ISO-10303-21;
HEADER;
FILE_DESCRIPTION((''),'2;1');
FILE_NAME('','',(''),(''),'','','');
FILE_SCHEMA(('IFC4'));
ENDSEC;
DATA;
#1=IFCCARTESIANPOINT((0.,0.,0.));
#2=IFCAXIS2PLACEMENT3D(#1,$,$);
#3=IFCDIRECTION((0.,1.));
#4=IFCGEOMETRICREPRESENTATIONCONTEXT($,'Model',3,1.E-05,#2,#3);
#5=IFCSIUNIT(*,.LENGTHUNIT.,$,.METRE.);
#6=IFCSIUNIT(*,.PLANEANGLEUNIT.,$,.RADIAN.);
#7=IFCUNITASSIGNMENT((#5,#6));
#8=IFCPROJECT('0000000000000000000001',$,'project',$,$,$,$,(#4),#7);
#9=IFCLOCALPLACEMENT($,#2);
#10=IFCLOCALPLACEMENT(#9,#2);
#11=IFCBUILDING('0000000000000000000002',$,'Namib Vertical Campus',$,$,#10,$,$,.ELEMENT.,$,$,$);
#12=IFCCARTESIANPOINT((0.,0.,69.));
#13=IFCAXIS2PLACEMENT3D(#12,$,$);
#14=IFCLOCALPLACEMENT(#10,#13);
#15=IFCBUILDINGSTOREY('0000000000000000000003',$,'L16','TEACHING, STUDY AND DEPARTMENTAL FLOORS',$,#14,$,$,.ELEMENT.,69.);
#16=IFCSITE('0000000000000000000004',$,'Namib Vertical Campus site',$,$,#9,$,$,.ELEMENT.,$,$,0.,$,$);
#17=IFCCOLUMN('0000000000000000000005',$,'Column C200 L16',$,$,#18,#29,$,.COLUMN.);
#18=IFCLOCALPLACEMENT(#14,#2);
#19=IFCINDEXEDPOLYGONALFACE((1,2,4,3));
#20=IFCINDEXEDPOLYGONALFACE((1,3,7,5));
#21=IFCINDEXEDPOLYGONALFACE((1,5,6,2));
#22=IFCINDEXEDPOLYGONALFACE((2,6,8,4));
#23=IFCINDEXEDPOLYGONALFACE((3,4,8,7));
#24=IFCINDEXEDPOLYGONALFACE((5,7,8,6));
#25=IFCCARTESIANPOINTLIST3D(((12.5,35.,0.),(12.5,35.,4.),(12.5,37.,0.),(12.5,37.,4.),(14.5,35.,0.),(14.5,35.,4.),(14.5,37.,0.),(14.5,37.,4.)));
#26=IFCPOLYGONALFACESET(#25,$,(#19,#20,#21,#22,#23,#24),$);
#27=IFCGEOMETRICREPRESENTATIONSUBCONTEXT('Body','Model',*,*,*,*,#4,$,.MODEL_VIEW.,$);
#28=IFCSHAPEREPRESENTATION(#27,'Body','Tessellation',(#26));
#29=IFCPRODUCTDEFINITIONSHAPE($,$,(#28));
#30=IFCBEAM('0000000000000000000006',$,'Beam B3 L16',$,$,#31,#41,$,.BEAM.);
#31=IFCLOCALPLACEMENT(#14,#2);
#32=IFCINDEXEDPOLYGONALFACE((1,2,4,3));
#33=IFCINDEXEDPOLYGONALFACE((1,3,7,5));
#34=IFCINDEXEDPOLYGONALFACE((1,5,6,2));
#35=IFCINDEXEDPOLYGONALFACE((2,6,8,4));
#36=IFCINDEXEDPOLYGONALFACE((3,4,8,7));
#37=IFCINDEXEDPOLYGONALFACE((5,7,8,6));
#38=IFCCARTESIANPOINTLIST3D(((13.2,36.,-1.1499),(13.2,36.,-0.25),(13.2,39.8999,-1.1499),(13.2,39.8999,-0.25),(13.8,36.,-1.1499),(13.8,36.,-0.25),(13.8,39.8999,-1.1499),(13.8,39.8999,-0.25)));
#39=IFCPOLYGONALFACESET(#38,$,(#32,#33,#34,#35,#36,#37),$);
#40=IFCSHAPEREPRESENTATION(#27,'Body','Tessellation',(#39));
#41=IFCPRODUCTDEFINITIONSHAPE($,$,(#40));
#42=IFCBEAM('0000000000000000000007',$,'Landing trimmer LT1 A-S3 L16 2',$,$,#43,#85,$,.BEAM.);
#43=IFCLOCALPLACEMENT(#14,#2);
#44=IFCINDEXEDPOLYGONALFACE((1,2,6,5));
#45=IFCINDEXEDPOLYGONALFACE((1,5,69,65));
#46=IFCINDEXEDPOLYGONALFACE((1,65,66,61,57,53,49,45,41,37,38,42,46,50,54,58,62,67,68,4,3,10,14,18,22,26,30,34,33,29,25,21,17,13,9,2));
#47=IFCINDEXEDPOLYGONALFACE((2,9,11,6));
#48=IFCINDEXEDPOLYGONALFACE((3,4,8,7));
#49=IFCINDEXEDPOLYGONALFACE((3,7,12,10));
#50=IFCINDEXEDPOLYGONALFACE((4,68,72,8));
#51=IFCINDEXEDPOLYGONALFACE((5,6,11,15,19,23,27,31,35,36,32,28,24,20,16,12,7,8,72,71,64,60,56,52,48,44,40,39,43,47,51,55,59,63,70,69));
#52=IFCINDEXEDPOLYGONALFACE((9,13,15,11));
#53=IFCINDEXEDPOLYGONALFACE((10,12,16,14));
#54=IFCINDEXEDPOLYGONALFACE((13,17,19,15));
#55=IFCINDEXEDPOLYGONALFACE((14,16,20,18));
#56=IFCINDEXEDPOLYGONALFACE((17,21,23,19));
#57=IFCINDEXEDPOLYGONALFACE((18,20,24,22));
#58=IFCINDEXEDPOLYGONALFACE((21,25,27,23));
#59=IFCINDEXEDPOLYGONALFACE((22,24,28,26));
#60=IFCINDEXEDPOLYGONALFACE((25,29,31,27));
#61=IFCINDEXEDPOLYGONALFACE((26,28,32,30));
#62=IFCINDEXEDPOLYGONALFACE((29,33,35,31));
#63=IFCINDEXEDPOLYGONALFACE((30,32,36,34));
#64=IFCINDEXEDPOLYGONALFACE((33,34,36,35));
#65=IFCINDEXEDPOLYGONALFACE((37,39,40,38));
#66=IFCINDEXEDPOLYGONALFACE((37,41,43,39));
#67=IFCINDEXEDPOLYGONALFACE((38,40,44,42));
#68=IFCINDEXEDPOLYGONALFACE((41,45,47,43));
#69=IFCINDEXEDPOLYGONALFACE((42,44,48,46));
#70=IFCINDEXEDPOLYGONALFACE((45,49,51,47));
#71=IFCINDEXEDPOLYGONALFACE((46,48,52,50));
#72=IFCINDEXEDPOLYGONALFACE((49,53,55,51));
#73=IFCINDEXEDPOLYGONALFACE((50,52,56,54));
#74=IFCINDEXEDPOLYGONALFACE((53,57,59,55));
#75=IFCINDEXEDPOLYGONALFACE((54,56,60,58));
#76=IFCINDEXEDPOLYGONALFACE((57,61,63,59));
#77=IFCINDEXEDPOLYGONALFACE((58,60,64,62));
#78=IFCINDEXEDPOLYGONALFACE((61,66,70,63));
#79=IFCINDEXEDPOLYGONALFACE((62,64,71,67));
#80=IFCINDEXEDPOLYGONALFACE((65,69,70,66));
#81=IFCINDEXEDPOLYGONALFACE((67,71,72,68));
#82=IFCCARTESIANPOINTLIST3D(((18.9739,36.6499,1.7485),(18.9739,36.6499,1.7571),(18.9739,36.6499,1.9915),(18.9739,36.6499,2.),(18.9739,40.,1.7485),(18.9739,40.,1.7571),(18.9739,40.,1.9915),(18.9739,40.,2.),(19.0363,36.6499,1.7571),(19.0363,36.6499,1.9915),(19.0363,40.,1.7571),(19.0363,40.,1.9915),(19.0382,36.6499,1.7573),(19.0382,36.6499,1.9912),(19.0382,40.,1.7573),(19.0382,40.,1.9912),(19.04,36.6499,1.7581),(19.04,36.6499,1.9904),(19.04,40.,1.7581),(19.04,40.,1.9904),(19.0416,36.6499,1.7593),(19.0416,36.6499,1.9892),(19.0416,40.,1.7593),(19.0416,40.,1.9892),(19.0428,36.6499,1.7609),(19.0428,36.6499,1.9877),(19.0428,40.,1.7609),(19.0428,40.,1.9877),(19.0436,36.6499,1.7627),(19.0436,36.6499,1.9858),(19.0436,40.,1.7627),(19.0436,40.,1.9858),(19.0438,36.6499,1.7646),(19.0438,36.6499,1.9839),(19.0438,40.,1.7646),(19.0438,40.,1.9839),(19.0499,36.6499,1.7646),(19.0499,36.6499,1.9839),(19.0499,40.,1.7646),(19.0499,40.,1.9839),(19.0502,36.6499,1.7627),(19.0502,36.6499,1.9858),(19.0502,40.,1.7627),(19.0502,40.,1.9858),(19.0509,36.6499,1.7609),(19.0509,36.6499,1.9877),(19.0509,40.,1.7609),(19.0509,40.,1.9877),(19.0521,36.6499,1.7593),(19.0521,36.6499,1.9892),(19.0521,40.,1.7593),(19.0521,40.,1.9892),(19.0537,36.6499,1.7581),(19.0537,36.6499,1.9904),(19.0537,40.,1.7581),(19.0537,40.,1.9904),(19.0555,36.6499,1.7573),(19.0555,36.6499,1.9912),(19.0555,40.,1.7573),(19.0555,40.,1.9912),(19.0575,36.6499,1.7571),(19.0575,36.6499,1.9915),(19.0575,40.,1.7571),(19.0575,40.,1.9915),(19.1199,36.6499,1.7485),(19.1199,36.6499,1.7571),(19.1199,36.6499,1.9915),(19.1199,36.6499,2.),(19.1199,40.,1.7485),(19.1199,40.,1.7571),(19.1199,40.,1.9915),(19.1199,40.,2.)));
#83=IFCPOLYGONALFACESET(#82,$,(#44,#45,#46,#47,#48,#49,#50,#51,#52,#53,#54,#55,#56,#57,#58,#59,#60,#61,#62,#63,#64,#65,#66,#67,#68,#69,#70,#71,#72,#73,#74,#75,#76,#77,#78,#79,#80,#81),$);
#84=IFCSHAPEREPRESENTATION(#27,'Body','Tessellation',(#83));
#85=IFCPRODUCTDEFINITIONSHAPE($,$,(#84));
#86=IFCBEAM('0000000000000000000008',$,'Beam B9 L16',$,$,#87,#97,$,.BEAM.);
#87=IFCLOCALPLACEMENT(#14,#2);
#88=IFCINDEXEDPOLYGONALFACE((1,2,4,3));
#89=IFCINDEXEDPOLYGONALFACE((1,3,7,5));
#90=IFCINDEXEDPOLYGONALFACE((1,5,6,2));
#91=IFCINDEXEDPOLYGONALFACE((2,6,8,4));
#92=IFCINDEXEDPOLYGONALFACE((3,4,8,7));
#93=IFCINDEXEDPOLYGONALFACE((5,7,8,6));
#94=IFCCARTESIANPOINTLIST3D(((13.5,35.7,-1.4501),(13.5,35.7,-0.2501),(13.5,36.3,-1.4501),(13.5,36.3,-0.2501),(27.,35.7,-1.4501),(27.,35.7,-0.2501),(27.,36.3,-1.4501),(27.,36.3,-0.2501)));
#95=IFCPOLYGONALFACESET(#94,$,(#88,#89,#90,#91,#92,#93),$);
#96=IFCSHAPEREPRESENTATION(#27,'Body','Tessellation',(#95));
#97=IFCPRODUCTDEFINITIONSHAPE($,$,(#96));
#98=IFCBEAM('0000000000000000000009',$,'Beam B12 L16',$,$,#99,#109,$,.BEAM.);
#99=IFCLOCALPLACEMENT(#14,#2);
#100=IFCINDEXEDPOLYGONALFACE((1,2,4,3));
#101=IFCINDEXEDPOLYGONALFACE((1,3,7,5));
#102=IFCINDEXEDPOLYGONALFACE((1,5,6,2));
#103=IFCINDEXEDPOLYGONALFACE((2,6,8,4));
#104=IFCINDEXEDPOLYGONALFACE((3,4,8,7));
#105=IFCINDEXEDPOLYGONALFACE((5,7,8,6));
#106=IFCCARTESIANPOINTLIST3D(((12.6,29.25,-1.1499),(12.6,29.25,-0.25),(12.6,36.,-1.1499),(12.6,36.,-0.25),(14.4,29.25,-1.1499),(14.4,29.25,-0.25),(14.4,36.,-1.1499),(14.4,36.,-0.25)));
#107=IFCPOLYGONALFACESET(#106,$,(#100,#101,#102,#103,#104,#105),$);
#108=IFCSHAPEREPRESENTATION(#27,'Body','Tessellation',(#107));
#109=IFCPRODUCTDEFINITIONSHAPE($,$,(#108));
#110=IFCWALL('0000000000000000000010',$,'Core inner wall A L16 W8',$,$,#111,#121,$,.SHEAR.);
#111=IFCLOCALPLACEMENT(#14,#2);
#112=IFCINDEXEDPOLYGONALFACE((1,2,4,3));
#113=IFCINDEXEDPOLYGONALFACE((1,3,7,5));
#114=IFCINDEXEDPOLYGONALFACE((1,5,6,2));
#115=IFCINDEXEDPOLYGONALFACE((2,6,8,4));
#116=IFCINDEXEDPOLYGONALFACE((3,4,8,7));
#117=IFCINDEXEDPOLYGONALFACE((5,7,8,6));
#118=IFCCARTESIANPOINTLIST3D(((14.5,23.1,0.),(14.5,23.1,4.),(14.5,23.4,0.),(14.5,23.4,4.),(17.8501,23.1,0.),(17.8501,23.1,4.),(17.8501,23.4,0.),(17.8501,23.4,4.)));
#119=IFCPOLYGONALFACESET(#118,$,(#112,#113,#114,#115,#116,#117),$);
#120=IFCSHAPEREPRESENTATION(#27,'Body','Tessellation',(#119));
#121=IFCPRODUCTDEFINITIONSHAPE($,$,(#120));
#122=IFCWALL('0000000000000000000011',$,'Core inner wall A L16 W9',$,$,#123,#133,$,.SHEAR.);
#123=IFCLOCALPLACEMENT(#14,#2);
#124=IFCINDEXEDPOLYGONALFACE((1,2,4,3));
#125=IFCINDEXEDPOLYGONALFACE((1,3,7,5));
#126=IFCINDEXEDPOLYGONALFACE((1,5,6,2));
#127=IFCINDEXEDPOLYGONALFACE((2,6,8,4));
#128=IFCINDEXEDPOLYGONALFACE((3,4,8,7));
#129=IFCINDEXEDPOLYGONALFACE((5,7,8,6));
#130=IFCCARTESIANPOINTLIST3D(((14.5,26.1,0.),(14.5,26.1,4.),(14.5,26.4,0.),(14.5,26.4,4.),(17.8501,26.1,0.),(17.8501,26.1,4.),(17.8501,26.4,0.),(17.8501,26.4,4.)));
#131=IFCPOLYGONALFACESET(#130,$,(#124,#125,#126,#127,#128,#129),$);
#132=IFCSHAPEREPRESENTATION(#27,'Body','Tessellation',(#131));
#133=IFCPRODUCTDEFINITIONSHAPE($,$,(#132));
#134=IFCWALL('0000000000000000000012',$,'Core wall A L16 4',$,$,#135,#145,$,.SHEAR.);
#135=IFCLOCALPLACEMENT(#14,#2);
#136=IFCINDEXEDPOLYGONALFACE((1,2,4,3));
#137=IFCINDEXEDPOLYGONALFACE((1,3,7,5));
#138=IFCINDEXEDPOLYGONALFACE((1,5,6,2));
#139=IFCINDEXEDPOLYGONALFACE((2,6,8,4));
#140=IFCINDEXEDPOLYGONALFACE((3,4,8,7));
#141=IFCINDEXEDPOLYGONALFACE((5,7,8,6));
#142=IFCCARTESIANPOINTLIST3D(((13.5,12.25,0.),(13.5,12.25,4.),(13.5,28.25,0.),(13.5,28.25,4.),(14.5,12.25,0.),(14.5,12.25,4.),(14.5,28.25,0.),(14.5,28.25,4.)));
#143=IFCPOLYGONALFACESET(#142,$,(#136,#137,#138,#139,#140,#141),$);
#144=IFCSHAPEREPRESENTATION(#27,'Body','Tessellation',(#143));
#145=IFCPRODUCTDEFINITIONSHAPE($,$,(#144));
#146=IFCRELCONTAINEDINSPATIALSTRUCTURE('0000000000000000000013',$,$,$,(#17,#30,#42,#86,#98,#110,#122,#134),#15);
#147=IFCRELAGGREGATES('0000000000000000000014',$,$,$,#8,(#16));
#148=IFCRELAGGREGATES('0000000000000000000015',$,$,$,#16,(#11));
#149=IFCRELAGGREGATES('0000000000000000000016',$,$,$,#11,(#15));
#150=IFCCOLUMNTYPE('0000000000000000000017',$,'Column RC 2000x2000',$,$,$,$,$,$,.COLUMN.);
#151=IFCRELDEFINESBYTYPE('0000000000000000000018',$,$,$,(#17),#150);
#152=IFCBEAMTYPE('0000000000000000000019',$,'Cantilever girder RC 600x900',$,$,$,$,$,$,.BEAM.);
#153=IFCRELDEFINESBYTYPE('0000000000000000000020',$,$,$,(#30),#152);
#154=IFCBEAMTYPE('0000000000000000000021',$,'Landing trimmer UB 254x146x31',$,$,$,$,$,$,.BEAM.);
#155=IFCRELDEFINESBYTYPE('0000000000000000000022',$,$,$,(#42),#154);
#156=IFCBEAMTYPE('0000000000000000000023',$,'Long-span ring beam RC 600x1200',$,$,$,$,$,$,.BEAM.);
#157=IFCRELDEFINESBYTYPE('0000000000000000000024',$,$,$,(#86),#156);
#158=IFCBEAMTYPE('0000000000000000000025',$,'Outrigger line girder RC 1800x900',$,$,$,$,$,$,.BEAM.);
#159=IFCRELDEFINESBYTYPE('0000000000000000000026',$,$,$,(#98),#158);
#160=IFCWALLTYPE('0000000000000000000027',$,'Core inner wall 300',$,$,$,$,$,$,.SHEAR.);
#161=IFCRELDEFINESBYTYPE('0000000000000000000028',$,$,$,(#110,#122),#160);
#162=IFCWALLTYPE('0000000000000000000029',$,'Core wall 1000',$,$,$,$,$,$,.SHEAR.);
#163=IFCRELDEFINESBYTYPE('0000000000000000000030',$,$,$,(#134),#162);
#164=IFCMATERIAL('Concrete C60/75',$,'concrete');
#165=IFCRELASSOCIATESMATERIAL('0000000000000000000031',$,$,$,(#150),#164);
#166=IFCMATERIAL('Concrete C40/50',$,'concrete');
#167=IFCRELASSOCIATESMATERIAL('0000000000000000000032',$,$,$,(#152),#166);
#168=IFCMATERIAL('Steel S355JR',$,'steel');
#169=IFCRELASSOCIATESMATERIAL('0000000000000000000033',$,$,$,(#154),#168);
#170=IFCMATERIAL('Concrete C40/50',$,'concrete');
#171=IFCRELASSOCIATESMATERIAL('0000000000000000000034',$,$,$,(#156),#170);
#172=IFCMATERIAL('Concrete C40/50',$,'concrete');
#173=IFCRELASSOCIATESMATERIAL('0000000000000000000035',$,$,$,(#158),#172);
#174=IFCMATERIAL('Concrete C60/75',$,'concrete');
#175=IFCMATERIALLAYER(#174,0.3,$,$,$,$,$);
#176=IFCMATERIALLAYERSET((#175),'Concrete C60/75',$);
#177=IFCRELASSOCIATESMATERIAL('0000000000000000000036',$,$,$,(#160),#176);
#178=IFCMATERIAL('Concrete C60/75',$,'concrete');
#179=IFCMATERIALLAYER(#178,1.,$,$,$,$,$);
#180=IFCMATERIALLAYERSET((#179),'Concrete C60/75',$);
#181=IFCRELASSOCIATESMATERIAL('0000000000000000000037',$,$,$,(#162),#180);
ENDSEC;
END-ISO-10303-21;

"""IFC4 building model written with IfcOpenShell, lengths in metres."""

from ifc_helpers import new_model, si_unit, direction, frame, frame_2d, origin, origin_2d, place, context, subcontext, project, spatial, rectangle, i_section, extrude, material, layer, layer_set, material_profile, profile_set, type_object, element, save


model = new_model("IFC4")

# Units and contexts
model_context = context("Model", 3, precision=1e-05, world=origin(), true_north=direction((0.0, 1.0)))
body_context = subcontext(model_context, "Body", "Model", "MODEL_VIEW")
ifc_project = project(units=[si_unit("LENGTHUNIT", "METRE"), si_unit("PLANEANGLEUNIT", "RADIAN")], contexts=[model_context])

# Site, building, storey
site_placement = place(None, origin())
site = spatial("IfcSite", under=ifc_project, at=site_placement, Name="Namib Vertical Campus site", CompositionType="ELEMENT", RefElevation=0.0)
building_placement = place(site_placement, origin())
building = spatial("IfcBuilding", under=site, at=building_placement, Name="Namib Vertical Campus", CompositionType="ELEMENT")
storey_placement = place(building_placement, frame((0.0, 0.0, 69.0)))
storey = spatial("IfcBuildingStorey", under=building, at=storey_placement, Name="L16", Description="TEACHING, STUDY AND DEPARTMENTAL FLOORS", CompositionType="ELEMENT", Elevation=69.0)

# Column
ifc_material_1 = material(Name="Concrete C60/75", Category="concrete")
ifc_material_profile_1 = material_profile(ifc_material_1, rectangle(XDim=2.0, YDim=2.0, at=origin_2d()))
ifc_profile_set_1 = profile_set([ifc_material_profile_1], Name="Concrete C60/75")
column_type = type_object("IfcColumnType", Name="Column RC 2000x2000", PredefinedType="COLUMN", material=ifc_profile_set_1)
column_placement = place(storey_placement, frame((13.5, 36.0, 0.0), z_axis=(0.0, 0.0, 1.0), x_axis=(1.0, 0.0, 0.0)))
element("IfcColumn", 1, at=column_placement, inside=storey, type_object=column_type, Name="Column C200 L16", PredefinedType="COLUMN", context=body_context, shape_type="SweptSolid", body=[
    extrude(rectangle(XDim=2.0, YDim=2.0, at=origin_2d()), origin(), (0.0, 0.0, 1.0), 4.0),
])

# Beams
ifc_material_2 = material(Name="Concrete C40/50", Category="concrete")
ifc_material_profile_2 = material_profile(ifc_material_2, rectangle(XDim=0.6001, YDim=0.8999, at=origin_2d()))
ifc_profile_set_2 = profile_set([ifc_material_profile_2], Name="Concrete C40/50")
beam_type_1 = type_object("IfcBeamType", Name="Cantilever girder RC 600x900", PredefinedType="BEAM", material=ifc_profile_set_2)
beam_1_placement = place(storey_placement, frame((13.5, 36.0, -0.7), z_axis=(0.0, 1.0, 0.0), x_axis=(-1.0, 0.0, 0.0)))
element("IfcBeam", 2, at=beam_1_placement, inside=storey, type_object=beam_type_1, Name="Beam B3 L16", PredefinedType="BEAM", context=body_context, shape_type="SweptSolid", body=[
    extrude(rectangle(XDim=0.6001, YDim=0.8999, at=origin_2d()), origin(), (0.0, 0.0, 1.0), 3.8999),
])
ifc_material_3 = material(Name="Steel S355JR", Category="steel")
ifc_material_profile_3 = material_profile(ifc_material_3, i_section(OverallWidth=0.146, OverallDepth=0.2515, WebThickness=0.0061, FlangeThickness=0.0085, FilletRadius=0.0076, at=origin_2d()))
ifc_profile_set_3 = profile_set([ifc_material_profile_3], Name="Steel S355JR")
beam_type_2 = type_object("IfcBeamType", Name="Landing trimmer UB 254x146x31", PredefinedType="BEAM", material=ifc_profile_set_3)
beam_2_placement = place(storey_placement, frame((19.0469, 36.6499, 1.8743), z_axis=(0.0, 1.0, 0.0), x_axis=(-1.0, 0.0, 0.0)))
element("IfcBeam", 3, at=beam_2_placement, inside=storey, type_object=beam_type_2, Name="Landing trimmer LT1 A-S3 L16 2", PredefinedType="BEAM", context=body_context, shape_type="SweptSolid", body=[
    extrude(i_section(OverallWidth=0.146, OverallDepth=0.2515, WebThickness=0.0061, FlangeThickness=0.0085, FilletRadius=0.0076, at=origin_2d()), origin(), (0.0, 0.0, 1.0), 3.3501),
])
ifc_material_4 = material(Name="Concrete C40/50", Category="concrete")
ifc_material_profile_4 = material_profile(ifc_material_4, rectangle(XDim=0.6001, YDim=1.2, at=origin_2d()))
ifc_profile_set_4 = profile_set([ifc_material_profile_4], Name="Concrete C40/50")
beam_type_3 = type_object("IfcBeamType", Name="Long-span ring beam RC 600x1200", PredefinedType="BEAM", material=ifc_profile_set_4)
beam_3_placement = place(storey_placement, frame((13.5, 36.0, -0.8501), z_axis=(1.0, 0.0, 0.0), x_axis=(0.0, 1.0, 0.0)))
element("IfcBeam", 4, at=beam_3_placement, inside=storey, type_object=beam_type_3, Name="Beam B9 L16", PredefinedType="BEAM", context=body_context, shape_type="SweptSolid", body=[
    extrude(rectangle(XDim=0.6001, YDim=1.2, at=origin_2d()), origin(), (0.0, 0.0, 1.0), 13.5),
])
ifc_material_5 = material(Name="Concrete C40/50", Category="concrete")
ifc_material_profile_5 = material_profile(ifc_material_5, rectangle(XDim=1.8, YDim=0.8999, at=origin_2d()))
ifc_profile_set_5 = profile_set([ifc_material_profile_5], Name="Concrete C40/50")
beam_type_4 = type_object("IfcBeamType", Name="Outrigger line girder RC 1800x900", PredefinedType="BEAM", material=ifc_profile_set_5)
beam_4_placement = place(storey_placement, frame((13.5, 36.0, -0.7), z_axis=(0.0, -1.0, 0.0), x_axis=(1.0, 0.0, 0.0)))
element("IfcBeam", 5, at=beam_4_placement, inside=storey, type_object=beam_type_4, Name="Beam B12 L16", PredefinedType="BEAM", context=body_context, shape_type="SweptSolid", body=[
    extrude(rectangle(XDim=1.8, YDim=0.8999, at=origin_2d()), origin(), (0.0, 0.0, 1.0), 6.75),
])

# Walls
ifc_material_6 = material(Name="Concrete C60/75", Category="concrete")
ifc_layer_1 = layer(ifc_material_6, 0.3)
ifc_layer_set_1 = layer_set([ifc_layer_1], Name="Concrete C60/75")
wall_type_1 = type_object("IfcWallType", Name="Core inner wall 300", PredefinedType="SHEAR", material=ifc_layer_set_1)
for number, where, z_axis, x_axis, name in (
    (6, (14.5, 23.25, 0.0), (0.0, 0.0, 1.0), (1.0, 0.0, 0.0), "Core inner wall A L16 W8"),
    (7, (14.5, 26.25, 0.0), (0.0, 0.0, 1.0), (1.0, 0.0, 0.0), "Core inner wall A L16 W9"),
):
    element("IfcWall", number, at=place(storey_placement, frame(where, z_axis=z_axis, x_axis=x_axis)), inside=storey, type_object=wall_type_1, Name=name, PredefinedType="SHEAR", context=body_context, shape_type="SweptSolid", body=[
        extrude(rectangle(XDim=3.3501, YDim=0.3, at=frame_2d((1.675, 0.0))), origin(), (0.0, 0.0, 1.0), 4.0),
    ])
ifc_material_7 = material(Name="Concrete C60/75", Category="concrete")
ifc_layer_2 = layer(ifc_material_7, 1.0)
ifc_layer_set_2 = layer_set([ifc_layer_2], Name="Concrete C60/75")
wall_type_2 = type_object("IfcWallType", Name="Core wall 1000", PredefinedType="SHEAR", material=ifc_layer_set_2)
wall_1_placement = place(storey_placement, frame((14.0, 28.25, 0.0), z_axis=(0.0, 0.0, 1.0), x_axis=(0.0, -1.0, 0.0)))
element("IfcWall", 8, at=wall_1_placement, inside=storey, type_object=wall_type_2, Name="Core wall A L16 4", PredefinedType="SHEAR", context=body_context, shape_type="SweptSolid", body=[
    extrude(rectangle(XDim=16.0, YDim=1.0, at=frame_2d((8.0, 0.0))), origin(), (0.0, 0.0, 1.0), 4.0),
])

save(model, "model.ifc")
